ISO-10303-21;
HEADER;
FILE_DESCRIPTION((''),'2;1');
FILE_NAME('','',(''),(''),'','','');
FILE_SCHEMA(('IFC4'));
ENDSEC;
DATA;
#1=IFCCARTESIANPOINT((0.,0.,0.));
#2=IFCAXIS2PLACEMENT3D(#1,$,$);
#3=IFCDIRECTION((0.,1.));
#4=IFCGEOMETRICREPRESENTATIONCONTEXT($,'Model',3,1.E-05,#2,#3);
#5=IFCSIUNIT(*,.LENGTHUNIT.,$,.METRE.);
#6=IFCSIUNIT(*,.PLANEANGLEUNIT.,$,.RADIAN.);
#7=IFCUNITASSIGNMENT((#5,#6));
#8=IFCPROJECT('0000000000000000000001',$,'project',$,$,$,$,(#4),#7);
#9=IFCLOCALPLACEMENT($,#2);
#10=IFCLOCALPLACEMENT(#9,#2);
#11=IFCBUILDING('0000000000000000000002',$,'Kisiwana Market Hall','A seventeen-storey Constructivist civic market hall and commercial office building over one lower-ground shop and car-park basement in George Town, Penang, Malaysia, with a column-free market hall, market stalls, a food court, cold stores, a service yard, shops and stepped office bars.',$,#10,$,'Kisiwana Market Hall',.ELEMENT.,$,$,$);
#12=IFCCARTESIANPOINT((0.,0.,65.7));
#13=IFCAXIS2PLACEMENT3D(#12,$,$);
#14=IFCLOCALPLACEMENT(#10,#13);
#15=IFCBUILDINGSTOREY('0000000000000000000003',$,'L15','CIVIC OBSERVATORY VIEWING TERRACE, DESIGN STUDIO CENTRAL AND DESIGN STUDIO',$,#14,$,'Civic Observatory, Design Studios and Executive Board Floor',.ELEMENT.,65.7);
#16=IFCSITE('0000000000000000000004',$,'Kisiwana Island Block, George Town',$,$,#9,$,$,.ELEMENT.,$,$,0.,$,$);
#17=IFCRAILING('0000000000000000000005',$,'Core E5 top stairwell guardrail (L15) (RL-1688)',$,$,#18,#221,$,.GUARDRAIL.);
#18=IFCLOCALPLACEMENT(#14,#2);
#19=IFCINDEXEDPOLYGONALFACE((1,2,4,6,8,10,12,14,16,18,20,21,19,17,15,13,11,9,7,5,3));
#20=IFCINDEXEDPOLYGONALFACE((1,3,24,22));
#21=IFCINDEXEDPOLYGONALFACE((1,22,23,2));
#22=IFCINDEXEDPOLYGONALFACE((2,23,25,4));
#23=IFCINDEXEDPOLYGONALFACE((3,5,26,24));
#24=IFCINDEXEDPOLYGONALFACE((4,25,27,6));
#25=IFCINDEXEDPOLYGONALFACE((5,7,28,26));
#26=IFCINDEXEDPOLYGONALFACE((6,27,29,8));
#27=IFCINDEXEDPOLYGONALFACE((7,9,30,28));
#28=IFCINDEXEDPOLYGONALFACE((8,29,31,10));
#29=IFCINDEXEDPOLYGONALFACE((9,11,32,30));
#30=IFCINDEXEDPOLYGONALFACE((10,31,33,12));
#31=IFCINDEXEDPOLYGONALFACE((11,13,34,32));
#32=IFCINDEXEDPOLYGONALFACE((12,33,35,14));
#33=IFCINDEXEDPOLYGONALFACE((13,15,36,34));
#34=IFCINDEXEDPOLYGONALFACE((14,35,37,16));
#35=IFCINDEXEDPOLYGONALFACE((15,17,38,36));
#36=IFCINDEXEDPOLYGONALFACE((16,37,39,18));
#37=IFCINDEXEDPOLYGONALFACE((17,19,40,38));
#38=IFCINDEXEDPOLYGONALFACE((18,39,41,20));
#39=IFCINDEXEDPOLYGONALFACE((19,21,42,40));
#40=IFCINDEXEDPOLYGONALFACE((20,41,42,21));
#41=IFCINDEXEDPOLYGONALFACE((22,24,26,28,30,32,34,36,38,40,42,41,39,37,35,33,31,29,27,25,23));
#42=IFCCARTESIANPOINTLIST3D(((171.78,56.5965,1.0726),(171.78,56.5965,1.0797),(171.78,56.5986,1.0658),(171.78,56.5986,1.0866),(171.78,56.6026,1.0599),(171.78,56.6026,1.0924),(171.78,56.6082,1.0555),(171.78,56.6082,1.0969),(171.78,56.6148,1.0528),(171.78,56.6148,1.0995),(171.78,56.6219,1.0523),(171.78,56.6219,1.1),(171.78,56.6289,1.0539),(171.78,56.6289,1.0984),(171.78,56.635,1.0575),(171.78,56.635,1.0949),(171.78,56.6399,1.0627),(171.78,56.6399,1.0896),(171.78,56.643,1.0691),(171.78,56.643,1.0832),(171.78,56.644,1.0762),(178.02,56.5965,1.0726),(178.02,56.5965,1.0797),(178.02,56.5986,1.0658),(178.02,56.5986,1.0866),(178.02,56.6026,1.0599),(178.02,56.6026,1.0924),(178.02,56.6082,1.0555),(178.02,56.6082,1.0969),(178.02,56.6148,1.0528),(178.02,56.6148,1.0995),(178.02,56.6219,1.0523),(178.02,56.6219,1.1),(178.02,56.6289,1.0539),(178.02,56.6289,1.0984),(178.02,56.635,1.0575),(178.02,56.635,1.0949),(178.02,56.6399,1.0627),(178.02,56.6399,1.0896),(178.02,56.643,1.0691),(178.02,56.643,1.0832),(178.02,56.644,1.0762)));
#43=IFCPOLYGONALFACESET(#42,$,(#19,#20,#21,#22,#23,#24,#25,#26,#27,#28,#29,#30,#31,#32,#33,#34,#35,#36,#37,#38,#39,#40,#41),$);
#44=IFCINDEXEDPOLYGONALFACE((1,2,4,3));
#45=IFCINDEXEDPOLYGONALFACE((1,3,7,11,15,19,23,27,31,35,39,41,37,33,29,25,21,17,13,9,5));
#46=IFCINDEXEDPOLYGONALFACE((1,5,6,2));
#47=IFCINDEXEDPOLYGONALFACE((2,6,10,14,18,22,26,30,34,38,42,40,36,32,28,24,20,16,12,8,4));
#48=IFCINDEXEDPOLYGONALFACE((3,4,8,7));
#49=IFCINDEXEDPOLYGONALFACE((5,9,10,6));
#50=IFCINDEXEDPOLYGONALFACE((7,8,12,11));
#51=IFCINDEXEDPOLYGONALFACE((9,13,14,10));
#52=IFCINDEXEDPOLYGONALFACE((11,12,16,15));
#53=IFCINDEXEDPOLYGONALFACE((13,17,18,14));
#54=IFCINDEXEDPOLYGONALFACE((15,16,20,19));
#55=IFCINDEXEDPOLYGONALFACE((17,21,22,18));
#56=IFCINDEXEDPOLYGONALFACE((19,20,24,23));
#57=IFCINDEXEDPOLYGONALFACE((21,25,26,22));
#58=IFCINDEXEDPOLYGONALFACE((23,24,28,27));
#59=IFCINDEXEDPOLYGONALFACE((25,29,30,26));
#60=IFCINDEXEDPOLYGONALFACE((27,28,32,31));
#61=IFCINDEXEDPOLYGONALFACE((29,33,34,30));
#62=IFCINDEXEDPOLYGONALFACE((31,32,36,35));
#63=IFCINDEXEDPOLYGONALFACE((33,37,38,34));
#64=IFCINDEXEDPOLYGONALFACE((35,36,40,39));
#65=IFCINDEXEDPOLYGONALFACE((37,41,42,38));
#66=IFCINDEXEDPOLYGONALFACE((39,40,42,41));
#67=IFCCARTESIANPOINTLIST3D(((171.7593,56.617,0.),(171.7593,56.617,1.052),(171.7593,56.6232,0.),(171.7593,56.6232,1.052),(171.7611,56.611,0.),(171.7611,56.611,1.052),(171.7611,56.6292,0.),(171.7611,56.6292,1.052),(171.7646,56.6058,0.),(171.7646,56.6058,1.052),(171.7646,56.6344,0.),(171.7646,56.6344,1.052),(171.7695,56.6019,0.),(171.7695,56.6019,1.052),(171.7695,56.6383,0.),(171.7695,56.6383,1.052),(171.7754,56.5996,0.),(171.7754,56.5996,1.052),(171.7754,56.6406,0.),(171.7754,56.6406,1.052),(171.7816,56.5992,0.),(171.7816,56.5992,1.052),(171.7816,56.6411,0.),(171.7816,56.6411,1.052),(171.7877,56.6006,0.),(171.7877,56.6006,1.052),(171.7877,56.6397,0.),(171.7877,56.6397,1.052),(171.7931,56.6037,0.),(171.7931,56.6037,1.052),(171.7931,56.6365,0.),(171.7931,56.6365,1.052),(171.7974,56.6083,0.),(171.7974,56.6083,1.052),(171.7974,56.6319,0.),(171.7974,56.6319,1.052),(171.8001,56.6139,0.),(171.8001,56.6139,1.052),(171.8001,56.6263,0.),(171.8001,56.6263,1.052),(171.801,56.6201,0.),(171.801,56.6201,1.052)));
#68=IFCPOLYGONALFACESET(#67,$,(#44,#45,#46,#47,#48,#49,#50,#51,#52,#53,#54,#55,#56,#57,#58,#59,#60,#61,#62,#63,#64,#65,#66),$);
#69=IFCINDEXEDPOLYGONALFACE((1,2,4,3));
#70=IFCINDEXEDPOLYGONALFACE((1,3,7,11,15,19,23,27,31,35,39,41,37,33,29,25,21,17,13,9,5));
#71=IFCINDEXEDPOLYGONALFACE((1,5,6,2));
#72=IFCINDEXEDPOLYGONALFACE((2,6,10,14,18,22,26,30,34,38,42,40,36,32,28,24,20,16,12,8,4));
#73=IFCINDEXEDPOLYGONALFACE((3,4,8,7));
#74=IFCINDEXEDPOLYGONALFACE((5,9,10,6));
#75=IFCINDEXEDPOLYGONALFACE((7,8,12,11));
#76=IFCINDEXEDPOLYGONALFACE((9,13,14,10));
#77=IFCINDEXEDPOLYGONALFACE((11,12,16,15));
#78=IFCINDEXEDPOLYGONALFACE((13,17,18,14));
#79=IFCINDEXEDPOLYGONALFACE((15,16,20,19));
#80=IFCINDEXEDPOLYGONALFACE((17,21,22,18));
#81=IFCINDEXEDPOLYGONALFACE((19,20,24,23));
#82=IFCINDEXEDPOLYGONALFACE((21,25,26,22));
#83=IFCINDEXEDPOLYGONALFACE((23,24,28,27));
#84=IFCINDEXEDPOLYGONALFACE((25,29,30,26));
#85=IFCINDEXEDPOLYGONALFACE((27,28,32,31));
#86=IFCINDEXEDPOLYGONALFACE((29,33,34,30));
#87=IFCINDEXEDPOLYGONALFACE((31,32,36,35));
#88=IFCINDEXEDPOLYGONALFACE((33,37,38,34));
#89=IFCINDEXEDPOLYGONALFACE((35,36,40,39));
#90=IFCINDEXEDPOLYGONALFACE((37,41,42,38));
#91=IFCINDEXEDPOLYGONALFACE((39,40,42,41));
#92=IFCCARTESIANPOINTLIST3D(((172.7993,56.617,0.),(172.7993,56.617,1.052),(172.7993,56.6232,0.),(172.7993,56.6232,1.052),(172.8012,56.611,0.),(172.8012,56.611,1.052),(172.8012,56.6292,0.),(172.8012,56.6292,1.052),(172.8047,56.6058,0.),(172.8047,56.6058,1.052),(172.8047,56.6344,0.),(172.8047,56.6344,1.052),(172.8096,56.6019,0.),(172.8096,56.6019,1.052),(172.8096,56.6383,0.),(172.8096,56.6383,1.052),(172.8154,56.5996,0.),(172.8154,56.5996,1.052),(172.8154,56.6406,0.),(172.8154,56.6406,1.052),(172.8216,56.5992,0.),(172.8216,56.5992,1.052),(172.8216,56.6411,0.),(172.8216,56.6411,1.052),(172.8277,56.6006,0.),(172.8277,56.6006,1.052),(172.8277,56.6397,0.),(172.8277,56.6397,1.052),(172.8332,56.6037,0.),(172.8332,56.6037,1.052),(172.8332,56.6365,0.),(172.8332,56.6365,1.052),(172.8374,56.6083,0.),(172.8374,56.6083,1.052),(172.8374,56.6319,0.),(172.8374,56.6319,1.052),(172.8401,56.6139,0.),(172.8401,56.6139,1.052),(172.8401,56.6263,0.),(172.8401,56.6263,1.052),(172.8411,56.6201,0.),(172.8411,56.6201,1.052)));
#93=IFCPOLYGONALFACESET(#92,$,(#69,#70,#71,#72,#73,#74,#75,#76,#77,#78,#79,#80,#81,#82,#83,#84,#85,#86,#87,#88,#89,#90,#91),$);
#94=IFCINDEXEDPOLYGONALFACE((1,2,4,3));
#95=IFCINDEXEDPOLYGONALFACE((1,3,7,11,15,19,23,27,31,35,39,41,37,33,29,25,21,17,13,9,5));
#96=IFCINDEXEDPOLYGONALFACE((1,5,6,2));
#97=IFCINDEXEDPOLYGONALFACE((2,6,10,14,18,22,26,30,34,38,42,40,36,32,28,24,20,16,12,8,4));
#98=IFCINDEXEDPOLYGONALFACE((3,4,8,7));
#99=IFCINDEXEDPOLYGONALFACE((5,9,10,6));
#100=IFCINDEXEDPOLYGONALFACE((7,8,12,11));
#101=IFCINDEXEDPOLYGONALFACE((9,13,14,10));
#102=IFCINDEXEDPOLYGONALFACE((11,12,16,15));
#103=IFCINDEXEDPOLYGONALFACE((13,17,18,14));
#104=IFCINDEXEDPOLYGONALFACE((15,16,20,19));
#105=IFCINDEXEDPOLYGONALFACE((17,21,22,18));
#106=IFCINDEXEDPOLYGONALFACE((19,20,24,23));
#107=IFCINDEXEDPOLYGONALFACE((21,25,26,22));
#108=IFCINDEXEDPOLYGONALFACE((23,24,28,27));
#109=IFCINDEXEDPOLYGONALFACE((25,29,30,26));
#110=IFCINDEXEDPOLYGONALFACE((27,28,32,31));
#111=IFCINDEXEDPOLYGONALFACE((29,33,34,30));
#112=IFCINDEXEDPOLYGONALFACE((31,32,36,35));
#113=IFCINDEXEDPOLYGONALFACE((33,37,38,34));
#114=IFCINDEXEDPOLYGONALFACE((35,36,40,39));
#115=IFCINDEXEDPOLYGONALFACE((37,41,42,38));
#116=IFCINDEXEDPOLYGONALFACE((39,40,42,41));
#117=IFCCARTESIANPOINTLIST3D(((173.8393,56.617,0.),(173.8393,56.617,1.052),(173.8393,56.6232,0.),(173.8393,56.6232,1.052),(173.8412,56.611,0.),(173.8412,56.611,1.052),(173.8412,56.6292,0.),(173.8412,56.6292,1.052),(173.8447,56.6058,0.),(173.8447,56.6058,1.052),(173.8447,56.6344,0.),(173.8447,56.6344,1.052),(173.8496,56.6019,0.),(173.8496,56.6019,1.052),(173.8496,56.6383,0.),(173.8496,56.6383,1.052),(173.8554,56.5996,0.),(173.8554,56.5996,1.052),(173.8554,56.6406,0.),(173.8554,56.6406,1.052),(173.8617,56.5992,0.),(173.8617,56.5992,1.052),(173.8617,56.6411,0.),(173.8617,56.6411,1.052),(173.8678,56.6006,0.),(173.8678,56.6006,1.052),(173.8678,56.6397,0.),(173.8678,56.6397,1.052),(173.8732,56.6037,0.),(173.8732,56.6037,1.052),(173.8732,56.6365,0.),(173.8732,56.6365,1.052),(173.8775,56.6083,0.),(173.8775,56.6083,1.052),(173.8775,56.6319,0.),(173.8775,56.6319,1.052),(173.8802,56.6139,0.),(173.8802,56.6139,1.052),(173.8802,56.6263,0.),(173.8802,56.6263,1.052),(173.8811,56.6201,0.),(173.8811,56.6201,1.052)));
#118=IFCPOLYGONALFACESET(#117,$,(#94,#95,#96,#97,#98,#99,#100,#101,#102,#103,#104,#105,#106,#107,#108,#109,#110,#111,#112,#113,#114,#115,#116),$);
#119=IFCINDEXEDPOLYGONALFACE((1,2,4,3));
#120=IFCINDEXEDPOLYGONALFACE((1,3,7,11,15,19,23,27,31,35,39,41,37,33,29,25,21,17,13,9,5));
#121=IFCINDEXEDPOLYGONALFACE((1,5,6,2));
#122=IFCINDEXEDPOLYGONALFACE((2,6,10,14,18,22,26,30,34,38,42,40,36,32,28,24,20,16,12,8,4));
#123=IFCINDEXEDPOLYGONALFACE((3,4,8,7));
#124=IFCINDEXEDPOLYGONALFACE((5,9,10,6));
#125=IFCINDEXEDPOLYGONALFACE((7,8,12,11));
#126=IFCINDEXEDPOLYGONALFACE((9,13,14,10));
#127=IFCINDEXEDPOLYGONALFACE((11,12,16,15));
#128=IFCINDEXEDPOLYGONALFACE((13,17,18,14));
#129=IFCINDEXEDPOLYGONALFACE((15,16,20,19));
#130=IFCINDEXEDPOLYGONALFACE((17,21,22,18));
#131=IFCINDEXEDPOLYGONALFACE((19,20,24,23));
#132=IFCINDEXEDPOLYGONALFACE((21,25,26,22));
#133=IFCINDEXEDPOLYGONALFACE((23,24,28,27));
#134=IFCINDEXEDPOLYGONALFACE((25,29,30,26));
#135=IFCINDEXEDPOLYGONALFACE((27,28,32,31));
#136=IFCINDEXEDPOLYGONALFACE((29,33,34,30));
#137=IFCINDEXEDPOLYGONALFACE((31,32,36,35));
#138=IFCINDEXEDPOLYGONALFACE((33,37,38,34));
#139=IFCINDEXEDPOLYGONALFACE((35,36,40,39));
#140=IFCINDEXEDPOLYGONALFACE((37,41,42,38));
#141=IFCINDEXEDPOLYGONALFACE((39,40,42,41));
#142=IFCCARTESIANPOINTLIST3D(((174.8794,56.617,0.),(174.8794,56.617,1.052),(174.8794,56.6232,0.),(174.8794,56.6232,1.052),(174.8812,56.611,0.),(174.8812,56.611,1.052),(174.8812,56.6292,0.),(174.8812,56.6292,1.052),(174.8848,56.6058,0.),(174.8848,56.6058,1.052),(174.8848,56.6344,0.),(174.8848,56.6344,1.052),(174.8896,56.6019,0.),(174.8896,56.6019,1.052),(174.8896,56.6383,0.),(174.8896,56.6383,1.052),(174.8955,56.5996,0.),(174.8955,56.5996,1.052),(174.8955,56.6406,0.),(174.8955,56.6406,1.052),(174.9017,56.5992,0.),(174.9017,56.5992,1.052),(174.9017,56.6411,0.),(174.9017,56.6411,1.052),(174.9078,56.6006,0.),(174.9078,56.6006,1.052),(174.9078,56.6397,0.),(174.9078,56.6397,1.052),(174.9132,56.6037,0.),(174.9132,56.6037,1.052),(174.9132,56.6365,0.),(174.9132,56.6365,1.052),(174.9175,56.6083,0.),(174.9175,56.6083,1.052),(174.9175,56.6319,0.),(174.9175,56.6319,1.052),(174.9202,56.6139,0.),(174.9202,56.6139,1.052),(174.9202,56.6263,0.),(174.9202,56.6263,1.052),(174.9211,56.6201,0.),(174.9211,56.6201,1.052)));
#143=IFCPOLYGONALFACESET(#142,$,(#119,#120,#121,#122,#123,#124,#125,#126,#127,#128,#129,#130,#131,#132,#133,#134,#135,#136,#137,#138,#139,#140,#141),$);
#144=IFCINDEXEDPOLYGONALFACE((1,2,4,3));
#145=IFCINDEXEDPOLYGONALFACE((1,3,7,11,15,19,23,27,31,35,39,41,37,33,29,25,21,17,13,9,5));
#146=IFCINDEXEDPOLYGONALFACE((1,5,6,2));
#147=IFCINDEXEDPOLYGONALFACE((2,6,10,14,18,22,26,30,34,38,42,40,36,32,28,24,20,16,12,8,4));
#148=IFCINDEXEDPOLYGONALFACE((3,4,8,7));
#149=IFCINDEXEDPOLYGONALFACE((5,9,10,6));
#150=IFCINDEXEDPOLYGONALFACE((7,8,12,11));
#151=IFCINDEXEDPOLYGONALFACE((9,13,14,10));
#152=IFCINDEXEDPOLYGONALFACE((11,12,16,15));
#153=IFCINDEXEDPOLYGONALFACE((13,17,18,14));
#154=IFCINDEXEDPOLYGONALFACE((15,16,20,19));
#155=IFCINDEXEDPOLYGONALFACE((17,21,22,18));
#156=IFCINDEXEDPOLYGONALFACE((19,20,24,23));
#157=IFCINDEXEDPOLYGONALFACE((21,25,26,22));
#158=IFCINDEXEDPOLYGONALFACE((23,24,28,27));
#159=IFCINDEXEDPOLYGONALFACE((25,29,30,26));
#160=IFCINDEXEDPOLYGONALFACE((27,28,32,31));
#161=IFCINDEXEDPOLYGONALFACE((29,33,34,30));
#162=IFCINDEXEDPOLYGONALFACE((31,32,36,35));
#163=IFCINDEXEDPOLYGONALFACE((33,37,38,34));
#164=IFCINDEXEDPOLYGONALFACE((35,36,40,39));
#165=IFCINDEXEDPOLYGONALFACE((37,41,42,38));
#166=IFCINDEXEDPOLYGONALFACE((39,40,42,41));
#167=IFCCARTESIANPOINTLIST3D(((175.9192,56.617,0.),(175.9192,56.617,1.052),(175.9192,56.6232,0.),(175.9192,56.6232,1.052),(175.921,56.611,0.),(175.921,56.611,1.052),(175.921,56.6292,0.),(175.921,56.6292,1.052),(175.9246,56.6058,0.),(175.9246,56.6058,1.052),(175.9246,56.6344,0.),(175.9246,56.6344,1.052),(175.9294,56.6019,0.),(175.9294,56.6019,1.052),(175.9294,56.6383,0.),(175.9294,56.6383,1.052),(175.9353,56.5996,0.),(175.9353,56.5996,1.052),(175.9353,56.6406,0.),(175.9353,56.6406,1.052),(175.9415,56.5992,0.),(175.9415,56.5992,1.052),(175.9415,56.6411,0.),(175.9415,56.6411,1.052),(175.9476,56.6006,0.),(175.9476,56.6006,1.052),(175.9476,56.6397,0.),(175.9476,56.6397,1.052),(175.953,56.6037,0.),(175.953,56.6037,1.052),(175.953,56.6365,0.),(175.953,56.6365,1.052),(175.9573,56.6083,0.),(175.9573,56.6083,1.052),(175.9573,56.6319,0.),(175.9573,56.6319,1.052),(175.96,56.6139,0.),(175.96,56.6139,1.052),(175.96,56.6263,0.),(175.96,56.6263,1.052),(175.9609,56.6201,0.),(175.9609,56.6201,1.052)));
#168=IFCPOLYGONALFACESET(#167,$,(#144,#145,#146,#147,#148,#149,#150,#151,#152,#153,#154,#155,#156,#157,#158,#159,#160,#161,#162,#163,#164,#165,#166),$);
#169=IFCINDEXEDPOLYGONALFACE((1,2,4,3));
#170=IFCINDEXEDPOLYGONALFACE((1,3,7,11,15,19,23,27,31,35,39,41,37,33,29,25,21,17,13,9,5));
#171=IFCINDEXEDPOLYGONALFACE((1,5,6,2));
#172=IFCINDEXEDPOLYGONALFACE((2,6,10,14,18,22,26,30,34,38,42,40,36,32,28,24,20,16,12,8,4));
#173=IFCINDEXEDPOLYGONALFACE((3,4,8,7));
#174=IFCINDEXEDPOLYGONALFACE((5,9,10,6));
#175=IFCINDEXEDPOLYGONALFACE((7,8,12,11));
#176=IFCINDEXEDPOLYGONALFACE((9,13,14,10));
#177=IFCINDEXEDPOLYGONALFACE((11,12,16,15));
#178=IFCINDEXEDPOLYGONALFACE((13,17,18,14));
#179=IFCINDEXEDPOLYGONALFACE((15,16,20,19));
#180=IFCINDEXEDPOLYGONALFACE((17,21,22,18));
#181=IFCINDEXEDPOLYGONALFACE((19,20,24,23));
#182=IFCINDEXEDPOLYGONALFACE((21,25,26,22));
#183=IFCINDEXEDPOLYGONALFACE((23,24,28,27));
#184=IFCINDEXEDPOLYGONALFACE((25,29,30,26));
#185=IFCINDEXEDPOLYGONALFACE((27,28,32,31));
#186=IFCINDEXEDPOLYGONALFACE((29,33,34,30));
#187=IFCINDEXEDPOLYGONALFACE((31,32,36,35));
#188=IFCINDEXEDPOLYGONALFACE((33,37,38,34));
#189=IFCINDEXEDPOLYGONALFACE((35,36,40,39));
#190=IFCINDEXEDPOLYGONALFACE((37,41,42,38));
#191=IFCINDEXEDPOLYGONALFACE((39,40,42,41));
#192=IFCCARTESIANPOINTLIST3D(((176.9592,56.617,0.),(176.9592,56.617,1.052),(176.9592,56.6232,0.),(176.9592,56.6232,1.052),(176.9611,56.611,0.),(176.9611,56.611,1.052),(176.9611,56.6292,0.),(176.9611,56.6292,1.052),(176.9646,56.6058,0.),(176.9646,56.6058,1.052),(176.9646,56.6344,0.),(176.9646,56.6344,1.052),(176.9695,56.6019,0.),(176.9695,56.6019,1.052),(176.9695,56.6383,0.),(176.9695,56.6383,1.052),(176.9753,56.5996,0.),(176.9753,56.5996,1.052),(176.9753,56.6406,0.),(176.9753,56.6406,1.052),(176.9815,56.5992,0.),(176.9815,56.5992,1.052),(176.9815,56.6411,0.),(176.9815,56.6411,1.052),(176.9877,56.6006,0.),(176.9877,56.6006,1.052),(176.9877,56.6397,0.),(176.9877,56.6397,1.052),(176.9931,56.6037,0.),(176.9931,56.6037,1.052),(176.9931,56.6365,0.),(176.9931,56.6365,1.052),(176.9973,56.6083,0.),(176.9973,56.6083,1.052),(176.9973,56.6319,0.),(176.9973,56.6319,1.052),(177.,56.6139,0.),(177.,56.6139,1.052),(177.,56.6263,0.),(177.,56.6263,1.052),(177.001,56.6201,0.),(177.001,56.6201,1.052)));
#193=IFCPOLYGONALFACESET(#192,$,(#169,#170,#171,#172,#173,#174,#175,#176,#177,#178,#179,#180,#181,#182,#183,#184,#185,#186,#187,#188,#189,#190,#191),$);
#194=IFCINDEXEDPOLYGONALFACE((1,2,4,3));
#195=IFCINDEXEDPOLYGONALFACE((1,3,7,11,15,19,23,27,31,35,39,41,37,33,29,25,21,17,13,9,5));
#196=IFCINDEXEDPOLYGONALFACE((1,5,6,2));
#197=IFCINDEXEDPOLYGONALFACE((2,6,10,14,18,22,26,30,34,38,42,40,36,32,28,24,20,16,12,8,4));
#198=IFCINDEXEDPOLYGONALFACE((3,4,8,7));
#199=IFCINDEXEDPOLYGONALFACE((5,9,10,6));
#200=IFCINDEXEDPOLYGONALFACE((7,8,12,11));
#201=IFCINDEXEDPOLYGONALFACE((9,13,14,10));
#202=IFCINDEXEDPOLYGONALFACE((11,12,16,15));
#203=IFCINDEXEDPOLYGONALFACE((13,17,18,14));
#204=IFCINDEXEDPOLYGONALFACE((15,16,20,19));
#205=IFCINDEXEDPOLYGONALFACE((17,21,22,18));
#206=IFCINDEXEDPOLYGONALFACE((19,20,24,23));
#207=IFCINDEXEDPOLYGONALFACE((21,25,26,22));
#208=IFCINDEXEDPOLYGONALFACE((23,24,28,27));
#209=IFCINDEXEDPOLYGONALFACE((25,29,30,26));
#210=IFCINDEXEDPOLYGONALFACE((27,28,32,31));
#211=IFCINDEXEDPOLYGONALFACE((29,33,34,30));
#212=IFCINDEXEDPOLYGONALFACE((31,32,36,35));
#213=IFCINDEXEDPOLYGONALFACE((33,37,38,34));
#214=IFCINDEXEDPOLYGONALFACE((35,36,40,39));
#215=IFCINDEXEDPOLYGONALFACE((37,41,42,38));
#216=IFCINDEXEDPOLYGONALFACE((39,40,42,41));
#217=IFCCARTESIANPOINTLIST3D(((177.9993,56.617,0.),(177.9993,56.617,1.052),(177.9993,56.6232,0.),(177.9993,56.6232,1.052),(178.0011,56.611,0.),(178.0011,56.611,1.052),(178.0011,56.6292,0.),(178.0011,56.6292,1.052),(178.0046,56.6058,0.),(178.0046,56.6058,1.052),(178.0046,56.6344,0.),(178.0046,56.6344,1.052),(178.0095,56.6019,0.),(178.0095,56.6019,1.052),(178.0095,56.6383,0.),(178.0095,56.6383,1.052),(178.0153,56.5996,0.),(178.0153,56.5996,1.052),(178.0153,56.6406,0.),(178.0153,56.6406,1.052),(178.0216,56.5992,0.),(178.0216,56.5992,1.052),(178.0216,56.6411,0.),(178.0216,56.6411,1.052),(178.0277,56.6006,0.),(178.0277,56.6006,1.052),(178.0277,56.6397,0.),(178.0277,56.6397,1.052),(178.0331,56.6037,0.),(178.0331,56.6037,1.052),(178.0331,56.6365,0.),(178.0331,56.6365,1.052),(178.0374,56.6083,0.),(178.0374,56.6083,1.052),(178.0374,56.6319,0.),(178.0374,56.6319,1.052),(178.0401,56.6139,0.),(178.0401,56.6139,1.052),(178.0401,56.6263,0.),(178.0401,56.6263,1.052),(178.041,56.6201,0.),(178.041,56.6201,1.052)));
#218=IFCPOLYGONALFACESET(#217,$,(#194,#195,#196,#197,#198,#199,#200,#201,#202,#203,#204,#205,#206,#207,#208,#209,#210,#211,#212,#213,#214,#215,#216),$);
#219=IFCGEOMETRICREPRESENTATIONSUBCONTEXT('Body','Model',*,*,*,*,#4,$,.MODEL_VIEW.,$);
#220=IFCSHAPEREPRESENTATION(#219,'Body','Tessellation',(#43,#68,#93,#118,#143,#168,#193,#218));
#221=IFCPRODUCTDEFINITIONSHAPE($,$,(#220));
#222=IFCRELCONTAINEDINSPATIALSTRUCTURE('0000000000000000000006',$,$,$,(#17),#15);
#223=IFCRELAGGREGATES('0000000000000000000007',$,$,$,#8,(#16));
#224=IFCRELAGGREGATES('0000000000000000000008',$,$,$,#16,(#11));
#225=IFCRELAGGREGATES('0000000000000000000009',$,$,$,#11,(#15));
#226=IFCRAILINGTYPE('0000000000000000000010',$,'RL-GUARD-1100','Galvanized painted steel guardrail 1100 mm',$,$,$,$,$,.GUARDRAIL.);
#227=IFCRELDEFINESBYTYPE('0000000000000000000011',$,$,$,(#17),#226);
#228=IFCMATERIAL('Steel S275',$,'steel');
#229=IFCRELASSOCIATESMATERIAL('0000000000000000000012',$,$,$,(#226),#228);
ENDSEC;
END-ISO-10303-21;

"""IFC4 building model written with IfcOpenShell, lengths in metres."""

from ifc_helpers import new_model, si_unit, direction, frame, origin, origin_2d, place, context, subcontext, project, spatial, circle, extrude, material, type_object, element, save


model = new_model("IFC4")

# Units and contexts
model_context = context("Model", 3, precision=1e-05, world=origin(), true_north=direction((0.0, 1.0)))
body_context = subcontext(model_context, "Body", "Model", "MODEL_VIEW")
ifc_project = project(units=[si_unit("LENGTHUNIT", "METRE"), si_unit("PLANEANGLEUNIT", "RADIAN")], contexts=[model_context])

# Site, building, storey
site_placement = place(None, origin())
site = spatial("IfcSite", under=ifc_project, at=site_placement, Name="Kisiwana Island Block, George Town", CompositionType="ELEMENT", RefElevation=0.0)
building_placement = place(site_placement, origin())
building = spatial("IfcBuilding", under=site, at=building_placement, Name="Kisiwana Market Hall", Description="A seventeen-storey Constructivist civic market hall and commercial office building over one lower-ground shop and car-park basement in George Town, Penang, Malaysia, with a column-free market hall, market stalls, a food court, cold stores, a service yard, shops and stepped office bars.", LongName="Kisiwana Market Hall", CompositionType="ELEMENT")
storey_placement = place(building_placement, frame((0.0, 0.0, 65.7)))
storey = spatial("IfcBuildingStorey", under=building, at=storey_placement, Name="L15", Description="CIVIC OBSERVATORY VIEWING TERRACE, DESIGN STUDIO CENTRAL AND DESIGN STUDIO", LongName="Civic Observatory, Design Studios and Executive Board Floor", CompositionType="ELEMENT", Elevation=65.7)

# Railing
ifc_material_1 = material(Name="Steel S275", Category="steel")
railing_type = type_object("IfcRailingType", Name="RL-GUARD-1100", Description="Galvanized painted steel guardrail 1100 mm", PredefinedType="GUARDRAIL", material=ifc_material_1)
railing_placement = place(storey_placement, frame((171.78, 56.6201, 0.0)))
element("IfcRailing", 1, at=railing_placement, inside=storey, type_object=railing_type, Name="Core E5 top stairwell guardrail (L15) (RL-1688)", PredefinedType="GUARDRAIL", context=body_context, shape_type="SweptSolid", body=[
    extrude(circle(Radius=0.0239, at=origin_2d()), frame((0.0, 0.0, 1.0762), z_axis=(1.0, 0.0, 0.0), x_axis=(0.0, 1.0, 0.0)), (0.0, 0.0, 1.0), 6.24),
    extrude(circle(Radius=0.021, at=origin_2d()), origin(), (0.0, 0.0, 1.0), 1.052),
    extrude(circle(Radius=0.021, at=origin_2d()), frame((1.04, 0.0, 0.0)), (0.0, 0.0, 1.0), 1.052),
    extrude(circle(Radius=0.021, at=origin_2d()), frame((2.0801, 0.0, 0.0)), (0.0, 0.0, 1.0), 1.052),
    extrude(circle(Radius=0.021, at=origin_2d()), frame((3.1201, 0.0, 0.0)), (0.0, 0.0, 1.0), 1.052),
    extrude(circle(Radius=0.021, at=origin_2d()), frame((4.1599, 0.0, 0.0)), (0.0, 0.0, 1.0), 1.052),
    extrude(circle(Radius=0.021, at=origin_2d()), frame((5.2, 0.0, 0.0)), (0.0, 0.0, 1.0), 1.052),
    extrude(circle(Radius=0.021, at=origin_2d()), frame((6.24, 0.0, 0.0)), (0.0, 0.0, 1.0), 1.052),
])

save(model, "model.ifc")
